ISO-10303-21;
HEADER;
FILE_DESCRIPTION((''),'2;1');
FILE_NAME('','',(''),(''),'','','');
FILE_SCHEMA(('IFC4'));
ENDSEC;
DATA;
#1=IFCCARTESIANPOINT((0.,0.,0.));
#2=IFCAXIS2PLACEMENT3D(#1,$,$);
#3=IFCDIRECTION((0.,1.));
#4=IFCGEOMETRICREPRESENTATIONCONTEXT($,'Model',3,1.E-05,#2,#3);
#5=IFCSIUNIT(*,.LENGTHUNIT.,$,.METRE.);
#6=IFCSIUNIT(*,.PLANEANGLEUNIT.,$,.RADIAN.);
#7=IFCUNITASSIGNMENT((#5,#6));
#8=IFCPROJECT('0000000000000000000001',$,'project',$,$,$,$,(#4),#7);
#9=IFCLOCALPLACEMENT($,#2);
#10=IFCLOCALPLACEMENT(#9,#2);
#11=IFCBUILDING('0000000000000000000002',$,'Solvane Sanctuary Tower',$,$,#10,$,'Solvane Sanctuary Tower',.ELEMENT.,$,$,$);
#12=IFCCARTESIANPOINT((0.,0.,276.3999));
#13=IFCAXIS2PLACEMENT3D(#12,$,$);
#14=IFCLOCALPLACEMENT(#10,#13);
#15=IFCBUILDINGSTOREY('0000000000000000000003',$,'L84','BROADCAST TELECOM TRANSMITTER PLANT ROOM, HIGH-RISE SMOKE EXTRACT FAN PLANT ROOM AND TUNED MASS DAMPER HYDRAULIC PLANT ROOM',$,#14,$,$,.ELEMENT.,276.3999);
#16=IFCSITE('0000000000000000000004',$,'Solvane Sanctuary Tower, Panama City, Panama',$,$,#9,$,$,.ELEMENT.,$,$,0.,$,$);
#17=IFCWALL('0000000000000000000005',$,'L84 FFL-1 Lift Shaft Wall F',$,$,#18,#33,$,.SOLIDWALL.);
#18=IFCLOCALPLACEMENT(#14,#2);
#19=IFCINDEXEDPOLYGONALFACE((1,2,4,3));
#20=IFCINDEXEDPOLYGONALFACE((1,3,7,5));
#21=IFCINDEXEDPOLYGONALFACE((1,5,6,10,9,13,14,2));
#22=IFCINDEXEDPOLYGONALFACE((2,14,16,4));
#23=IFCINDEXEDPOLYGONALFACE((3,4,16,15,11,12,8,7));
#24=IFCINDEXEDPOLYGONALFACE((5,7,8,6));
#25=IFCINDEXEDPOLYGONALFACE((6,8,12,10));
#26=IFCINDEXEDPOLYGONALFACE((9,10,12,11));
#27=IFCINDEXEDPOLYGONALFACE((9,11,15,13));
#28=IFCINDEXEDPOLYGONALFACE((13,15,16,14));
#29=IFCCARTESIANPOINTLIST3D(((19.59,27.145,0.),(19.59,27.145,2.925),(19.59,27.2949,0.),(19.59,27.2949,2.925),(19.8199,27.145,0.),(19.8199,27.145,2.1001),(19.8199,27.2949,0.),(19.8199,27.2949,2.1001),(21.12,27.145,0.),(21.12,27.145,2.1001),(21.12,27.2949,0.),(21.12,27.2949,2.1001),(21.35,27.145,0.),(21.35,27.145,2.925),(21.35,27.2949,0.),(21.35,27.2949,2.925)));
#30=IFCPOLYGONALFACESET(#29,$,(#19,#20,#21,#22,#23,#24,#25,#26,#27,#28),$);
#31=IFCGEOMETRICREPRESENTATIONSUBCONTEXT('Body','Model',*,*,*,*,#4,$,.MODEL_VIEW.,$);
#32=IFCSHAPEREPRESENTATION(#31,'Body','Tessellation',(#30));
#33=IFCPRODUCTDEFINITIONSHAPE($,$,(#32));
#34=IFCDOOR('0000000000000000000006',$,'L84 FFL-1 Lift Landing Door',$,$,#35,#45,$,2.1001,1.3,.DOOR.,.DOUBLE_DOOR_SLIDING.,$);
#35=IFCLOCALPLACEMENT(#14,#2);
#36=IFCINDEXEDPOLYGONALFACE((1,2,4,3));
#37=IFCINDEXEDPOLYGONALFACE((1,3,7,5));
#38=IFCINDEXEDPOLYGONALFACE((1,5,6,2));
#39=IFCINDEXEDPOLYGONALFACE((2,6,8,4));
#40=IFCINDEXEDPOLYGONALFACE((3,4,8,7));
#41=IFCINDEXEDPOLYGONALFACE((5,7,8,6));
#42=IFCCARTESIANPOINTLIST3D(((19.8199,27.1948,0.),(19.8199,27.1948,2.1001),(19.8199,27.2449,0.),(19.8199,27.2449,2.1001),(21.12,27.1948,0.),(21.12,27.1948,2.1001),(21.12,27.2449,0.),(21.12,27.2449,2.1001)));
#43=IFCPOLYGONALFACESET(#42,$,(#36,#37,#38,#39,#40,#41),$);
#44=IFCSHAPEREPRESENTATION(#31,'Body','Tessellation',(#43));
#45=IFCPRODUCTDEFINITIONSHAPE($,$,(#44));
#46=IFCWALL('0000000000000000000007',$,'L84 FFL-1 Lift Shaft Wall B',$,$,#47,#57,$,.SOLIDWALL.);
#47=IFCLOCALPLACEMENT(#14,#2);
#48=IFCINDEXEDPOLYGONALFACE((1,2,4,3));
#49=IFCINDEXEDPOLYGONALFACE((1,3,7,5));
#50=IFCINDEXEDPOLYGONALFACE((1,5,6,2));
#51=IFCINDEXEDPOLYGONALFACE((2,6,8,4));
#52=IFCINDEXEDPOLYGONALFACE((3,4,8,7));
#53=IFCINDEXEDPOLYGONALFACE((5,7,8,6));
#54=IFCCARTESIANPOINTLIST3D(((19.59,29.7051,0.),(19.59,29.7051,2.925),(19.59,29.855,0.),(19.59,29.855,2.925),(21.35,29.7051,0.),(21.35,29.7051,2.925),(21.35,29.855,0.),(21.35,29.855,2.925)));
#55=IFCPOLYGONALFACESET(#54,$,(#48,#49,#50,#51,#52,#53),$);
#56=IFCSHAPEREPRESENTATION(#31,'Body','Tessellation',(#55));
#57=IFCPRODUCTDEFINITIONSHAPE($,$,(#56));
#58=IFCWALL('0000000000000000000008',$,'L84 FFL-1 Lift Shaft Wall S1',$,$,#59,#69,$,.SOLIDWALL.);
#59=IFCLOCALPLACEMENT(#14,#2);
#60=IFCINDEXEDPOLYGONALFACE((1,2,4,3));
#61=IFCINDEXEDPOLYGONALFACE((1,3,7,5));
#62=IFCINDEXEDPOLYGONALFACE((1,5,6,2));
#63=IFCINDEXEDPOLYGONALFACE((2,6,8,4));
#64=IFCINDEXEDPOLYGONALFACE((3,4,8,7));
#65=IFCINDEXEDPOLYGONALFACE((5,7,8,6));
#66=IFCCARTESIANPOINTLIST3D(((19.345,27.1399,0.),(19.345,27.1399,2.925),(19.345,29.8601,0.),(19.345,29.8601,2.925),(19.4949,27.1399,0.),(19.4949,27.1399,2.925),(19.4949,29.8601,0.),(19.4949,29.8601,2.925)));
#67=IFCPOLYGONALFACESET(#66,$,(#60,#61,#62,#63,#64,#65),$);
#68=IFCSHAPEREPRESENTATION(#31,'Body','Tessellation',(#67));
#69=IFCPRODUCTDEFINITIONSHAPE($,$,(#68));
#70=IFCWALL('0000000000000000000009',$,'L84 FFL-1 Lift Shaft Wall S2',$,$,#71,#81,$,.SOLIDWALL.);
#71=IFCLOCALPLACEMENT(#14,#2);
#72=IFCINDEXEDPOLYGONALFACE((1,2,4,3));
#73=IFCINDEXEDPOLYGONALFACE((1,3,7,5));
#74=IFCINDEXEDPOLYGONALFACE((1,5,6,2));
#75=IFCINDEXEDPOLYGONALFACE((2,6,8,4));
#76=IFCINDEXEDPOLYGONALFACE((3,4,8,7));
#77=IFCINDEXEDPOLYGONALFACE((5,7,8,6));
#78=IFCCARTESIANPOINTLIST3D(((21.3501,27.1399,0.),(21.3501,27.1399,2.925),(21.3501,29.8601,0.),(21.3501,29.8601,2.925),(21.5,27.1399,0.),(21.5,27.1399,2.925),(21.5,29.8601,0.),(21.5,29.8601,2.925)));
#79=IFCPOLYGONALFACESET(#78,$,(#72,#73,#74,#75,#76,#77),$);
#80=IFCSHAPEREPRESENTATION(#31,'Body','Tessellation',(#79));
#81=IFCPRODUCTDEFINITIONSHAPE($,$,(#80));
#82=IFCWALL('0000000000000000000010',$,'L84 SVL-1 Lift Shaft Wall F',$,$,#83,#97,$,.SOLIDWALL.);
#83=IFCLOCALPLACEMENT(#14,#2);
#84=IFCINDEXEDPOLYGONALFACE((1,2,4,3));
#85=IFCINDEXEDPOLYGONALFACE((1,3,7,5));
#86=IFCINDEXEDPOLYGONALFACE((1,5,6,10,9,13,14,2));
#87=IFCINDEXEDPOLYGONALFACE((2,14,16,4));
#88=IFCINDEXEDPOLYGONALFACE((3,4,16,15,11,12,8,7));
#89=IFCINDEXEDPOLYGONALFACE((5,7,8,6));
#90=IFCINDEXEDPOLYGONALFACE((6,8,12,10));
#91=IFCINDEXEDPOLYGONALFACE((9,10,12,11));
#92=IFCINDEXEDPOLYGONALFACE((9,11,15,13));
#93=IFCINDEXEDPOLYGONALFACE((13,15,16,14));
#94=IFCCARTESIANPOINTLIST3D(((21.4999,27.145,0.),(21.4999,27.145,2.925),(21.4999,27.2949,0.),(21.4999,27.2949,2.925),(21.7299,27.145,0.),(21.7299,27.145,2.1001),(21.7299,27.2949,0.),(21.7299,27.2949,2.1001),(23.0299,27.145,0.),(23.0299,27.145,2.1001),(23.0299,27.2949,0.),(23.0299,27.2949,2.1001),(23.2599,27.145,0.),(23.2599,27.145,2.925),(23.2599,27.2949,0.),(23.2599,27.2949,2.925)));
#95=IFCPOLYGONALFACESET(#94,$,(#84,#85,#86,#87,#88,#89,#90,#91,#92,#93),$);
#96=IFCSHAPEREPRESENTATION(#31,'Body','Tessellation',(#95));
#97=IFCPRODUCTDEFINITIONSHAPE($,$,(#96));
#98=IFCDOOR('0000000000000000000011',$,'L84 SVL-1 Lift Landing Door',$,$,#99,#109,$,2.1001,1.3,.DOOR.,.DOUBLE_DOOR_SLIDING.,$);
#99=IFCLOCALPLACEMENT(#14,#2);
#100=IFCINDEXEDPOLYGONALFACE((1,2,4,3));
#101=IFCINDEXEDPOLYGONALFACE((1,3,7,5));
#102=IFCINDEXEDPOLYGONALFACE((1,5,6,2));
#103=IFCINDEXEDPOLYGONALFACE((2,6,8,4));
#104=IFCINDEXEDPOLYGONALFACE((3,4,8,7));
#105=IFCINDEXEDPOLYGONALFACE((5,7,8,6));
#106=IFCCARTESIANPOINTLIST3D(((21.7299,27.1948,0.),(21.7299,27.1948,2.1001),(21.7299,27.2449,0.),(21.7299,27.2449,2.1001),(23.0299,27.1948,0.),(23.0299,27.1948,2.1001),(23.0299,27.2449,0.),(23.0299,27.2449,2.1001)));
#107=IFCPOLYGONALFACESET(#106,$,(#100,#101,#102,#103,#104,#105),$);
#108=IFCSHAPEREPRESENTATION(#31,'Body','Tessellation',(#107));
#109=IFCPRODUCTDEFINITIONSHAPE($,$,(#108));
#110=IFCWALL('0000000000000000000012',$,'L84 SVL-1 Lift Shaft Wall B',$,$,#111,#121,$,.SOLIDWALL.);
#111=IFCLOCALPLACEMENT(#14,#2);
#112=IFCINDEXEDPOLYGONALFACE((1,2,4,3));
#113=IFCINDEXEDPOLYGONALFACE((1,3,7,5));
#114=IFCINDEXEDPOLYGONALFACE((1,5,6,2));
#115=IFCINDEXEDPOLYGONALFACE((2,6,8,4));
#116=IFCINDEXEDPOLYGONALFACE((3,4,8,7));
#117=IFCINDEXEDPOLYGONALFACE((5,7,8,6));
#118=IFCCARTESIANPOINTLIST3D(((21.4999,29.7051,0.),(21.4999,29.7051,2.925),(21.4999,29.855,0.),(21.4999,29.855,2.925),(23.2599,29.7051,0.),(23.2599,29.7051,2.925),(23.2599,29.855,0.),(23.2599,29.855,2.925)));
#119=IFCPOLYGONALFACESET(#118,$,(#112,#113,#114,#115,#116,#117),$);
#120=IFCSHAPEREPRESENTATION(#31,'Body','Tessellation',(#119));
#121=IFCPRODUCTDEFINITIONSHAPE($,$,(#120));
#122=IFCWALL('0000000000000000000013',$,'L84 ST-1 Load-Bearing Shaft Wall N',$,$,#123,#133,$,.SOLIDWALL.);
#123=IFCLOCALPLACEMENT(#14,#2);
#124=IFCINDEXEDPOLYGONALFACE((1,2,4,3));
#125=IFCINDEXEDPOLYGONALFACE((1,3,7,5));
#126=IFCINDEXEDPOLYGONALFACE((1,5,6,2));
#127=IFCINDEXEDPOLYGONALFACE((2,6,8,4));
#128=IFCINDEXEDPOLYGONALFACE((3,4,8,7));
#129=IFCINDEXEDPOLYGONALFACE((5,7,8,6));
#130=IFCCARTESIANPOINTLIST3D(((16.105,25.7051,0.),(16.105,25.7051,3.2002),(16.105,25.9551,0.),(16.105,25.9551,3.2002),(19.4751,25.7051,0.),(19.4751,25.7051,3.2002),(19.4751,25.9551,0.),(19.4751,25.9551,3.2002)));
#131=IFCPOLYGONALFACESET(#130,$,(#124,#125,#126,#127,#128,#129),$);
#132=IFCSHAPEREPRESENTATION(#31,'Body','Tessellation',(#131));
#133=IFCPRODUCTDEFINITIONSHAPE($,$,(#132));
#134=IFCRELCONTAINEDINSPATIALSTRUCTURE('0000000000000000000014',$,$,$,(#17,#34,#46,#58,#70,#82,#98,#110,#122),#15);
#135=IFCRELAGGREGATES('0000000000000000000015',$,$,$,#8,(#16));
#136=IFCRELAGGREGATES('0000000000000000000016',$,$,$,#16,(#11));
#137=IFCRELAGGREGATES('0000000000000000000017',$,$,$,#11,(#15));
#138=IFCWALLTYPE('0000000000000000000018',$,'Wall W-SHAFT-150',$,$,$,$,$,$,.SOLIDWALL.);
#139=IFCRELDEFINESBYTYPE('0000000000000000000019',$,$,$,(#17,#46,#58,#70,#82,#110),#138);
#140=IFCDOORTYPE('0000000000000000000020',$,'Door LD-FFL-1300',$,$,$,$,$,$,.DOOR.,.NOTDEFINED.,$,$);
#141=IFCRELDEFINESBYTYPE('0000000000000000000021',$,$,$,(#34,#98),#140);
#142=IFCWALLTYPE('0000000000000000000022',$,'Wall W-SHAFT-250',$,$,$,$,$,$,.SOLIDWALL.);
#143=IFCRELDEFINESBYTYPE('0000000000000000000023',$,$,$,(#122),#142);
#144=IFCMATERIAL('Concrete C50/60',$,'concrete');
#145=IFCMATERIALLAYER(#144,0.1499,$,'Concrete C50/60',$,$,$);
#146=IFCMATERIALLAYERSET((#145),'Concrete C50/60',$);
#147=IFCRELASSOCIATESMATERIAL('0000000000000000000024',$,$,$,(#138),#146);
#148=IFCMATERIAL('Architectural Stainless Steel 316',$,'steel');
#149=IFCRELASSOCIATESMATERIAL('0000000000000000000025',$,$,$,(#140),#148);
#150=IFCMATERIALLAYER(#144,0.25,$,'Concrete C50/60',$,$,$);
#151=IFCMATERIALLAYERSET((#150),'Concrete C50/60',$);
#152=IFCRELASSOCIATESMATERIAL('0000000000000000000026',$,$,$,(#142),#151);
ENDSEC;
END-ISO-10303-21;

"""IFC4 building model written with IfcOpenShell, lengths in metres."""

from ifc_helpers import new_model, si_unit, direction, frame, frame_2d, origin, place, context, subcontext, project, spatial, rectangle, extrude, material, layer, layer_set, type_object, element, fill, save


model = new_model("IFC4")

# Units and contexts
model_context = context("Model", 3, precision=1e-05, world=origin(), true_north=direction((0.0, 1.0)))
body_context = subcontext(model_context, "Body", "Model", "MODEL_VIEW")
ifc_project = project(units=[si_unit("LENGTHUNIT", "METRE"), si_unit("PLANEANGLEUNIT", "RADIAN")], contexts=[model_context])

# Site, building, storey
site_placement = place(None, origin())
site = spatial("IfcSite", under=ifc_project, at=site_placement, Name="Solvane Sanctuary Tower, Panama City, Panama", CompositionType="ELEMENT", RefElevation=0.0)
building_placement = place(site_placement, origin())
building = spatial("IfcBuilding", under=site, at=building_placement, Name="Solvane Sanctuary Tower", LongName="Solvane Sanctuary Tower", CompositionType="ELEMENT")
storey_placement = place(building_placement, frame((0.0, 0.0, 276.3999)))
storey = spatial("IfcBuildingStorey", under=building, at=storey_placement, Name="L84", Description="BROADCAST TELECOM TRANSMITTER PLANT ROOM, HIGH-RISE SMOKE EXTRACT FAN PLANT ROOM AND TUNED MASS DAMPER HYDRAULIC PLANT ROOM", CompositionType="ELEMENT", Elevation=276.3999)

# Wall, opening, door
ifc_material_1 = material(Name="Concrete C50/60", Category="concrete")
ifc_layer_1 = layer(ifc_material_1, 0.1499, Name="Concrete C50/60")
ifc_layer_set_1 = layer_set([ifc_layer_1], Name="Concrete C50/60")
wall_type_1 = type_object("IfcWallType", Name="Wall W-SHAFT-150", PredefinedType="SOLIDWALL", material=ifc_layer_set_1)
wall_1_placement = place(storey_placement, frame((19.5901, 27.22, 0.0), z_axis=(0.0, 0.0, 1.0), x_axis=(1.0, 0.0, 0.0)))
wall_1 = element("IfcWall", 1, at=wall_1_placement, inside=storey, type_object=wall_type_1, Name="L84 FFL-1 Lift Shaft Wall F", PredefinedType="SOLIDWALL", context=body_context, shape_type="SweptSolid", body=[
    extrude(rectangle(XDim=1.76, YDim=0.1499, at=frame_2d((0.8799, 0.0))), origin(), (0.0, 0.0, 1.0), 2.925),
])
opening_1_placement = place(wall_1_placement, frame((0.23, 0.0, 0.0)))
opening_1 = element("IfcOpeningElement", 2, at=opening_1_placement, cuts=wall_1, PredefinedType="OPENING", context=body_context, shape_type="SweptSolid", body=[
    extrude(rectangle(XDim=1.3, YDim=2.1001, at=frame_2d((0.6499, 1.05))), frame((0.0, 0.085, 0.0), z_axis=(0.0, -1.0, 0.0), x_axis=(1.0, 0.0, 0.0)), (0.0, 0.0, 1.0), 0.1699),
])
ifc_material_2 = material(Name="Architectural Stainless Steel 316", Category="steel")
door_type = type_object("IfcDoorType", Name="Door LD-FFL-1300", OperationType="NOTDEFINED", PredefinedType="DOOR", material=ifc_material_2)
door_1_placement = place(opening_1_placement, origin())
door_1 = element("IfcDoor", 3, at=door_1_placement, inside=storey, type_object=door_type, Name="L84 FFL-1 Lift Landing Door", OperationType="DOUBLE_DOOR_SLIDING", OverallHeight=2.1001, OverallWidth=1.3, PredefinedType="DOOR", context=body_context, shape_type="SweptSolid", body=[
    extrude(rectangle(XDim=1.3, YDim=2.1001, at=frame_2d((0.6499, 1.05))), frame((0.0, 0.0249, 0.0), z_axis=(0.0, -1.0, 0.0), x_axis=(1.0, 0.0, 0.0)), (0.0, 0.0, 1.0), 0.05),
])
fill(opening_1, door_1)

# Walls
wall_2_placement = place(storey_placement, frame((19.5901, 29.78, 0.0), z_axis=(0.0, 0.0, 1.0), x_axis=(1.0, 0.0, 0.0)))
element("IfcWall", 4, at=wall_2_placement, inside=storey, type_object=wall_type_1, Name="L84 FFL-1 Lift Shaft Wall B", PredefinedType="SOLIDWALL", context=body_context, shape_type="SweptSolid", body=[
    extrude(rectangle(XDim=1.76, YDim=0.1499, at=frame_2d((0.8799, 0.0))), origin(), (0.0, 0.0, 1.0), 2.925),
])
for number, where, z_axis, x_axis, name in (
    (5, (19.4199, 27.1399, 0.0), (0.0, 0.0, 1.0), (0.0, 1.0, 0.0), "L84 FFL-1 Lift Shaft Wall S1"),
    (6, (21.425, 27.1399, 0.0), (0.0, 0.0, 1.0), (0.0, 1.0, 0.0), "L84 FFL-1 Lift Shaft Wall S2"),
):
    element("IfcWall", number, at=place(storey_placement, frame(where, z_axis=z_axis, x_axis=x_axis)), inside=storey, type_object=wall_type_1, Name=name, PredefinedType="SOLIDWALL", context=body_context, shape_type="SweptSolid", body=[
        extrude(rectangle(XDim=2.7202, YDim=0.1499, at=frame_2d((1.3601, 0.0))), origin(), (0.0, 0.0, 1.0), 2.925),
    ])

# Wall, opening, door
wall_3_placement = place(storey_placement, frame((21.5, 27.22, 0.0), z_axis=(0.0, 0.0, 1.0), x_axis=(1.0, 0.0, 0.0)))
wall_3 = element("IfcWall", 7, at=wall_3_placement, inside=storey, type_object=wall_type_1, Name="L84 SVL-1 Lift Shaft Wall F", PredefinedType="SOLIDWALL", context=body_context, shape_type="SweptSolid", body=[
    extrude(rectangle(XDim=1.76, YDim=0.1499, at=frame_2d((0.8799, 0.0))), origin(), (0.0, 0.0, 1.0), 2.925),
])
opening_2_placement = place(wall_3_placement, frame((0.23, 0.0, 0.0)))
opening_2 = element("IfcOpeningElement", 8, at=opening_2_placement, cuts=wall_3, PredefinedType="OPENING", context=body_context, shape_type="SweptSolid", body=[
    extrude(rectangle(XDim=1.3, YDim=2.1001, at=frame_2d((0.6499, 1.05))), frame((0.0, 0.085, 0.0), z_axis=(0.0, -1.0, 0.0), x_axis=(1.0, 0.0, 0.0)), (0.0, 0.0, 1.0), 0.1699),
])
door_2_placement = place(opening_2_placement, origin())
door_2 = element("IfcDoor", 9, at=door_2_placement, inside=storey, type_object=door_type, Name="L84 SVL-1 Lift Landing Door", OperationType="DOUBLE_DOOR_SLIDING", OverallHeight=2.1001, OverallWidth=1.3, PredefinedType="DOOR", context=body_context, shape_type="SweptSolid", body=[
    extrude(rectangle(XDim=1.3, YDim=2.1001, at=frame_2d((0.6499, 1.05))), frame((0.0, 0.0249, 0.0), z_axis=(0.0, -1.0, 0.0), x_axis=(1.0, 0.0, 0.0)), (0.0, 0.0, 1.0), 0.05),
])
fill(opening_2, door_2)

# Walls
wall_4_placement = place(storey_placement, frame((21.5, 29.78, 0.0), z_axis=(0.0, 0.0, 1.0), x_axis=(1.0, 0.0, 0.0)))
element("IfcWall", 10, at=wall_4_placement, inside=storey, type_object=wall_type_1, Name="L84 SVL-1 Lift Shaft Wall B", PredefinedType="SOLIDWALL", context=body_context, shape_type="SweptSolid", body=[
    extrude(rectangle(XDim=1.76, YDim=0.1499, at=frame_2d((0.8799, 0.0))), origin(), (0.0, 0.0, 1.0), 2.925),
])
ifc_layer_2 = layer(ifc_material_1, 0.25, Name="Concrete C50/60")
ifc_layer_set_2 = layer_set([ifc_layer_2], Name="Concrete C50/60")
wall_type_2 = type_object("IfcWallType", Name="Wall W-SHAFT-250", PredefinedType="SOLIDWALL", material=ifc_layer_set_2)
wall_5_placement = place(storey_placement, frame((16.105, 25.8301, 0.0), z_axis=(0.0, 0.0, 1.0), x_axis=(1.0, 0.0, 0.0)))
element("IfcWall", 11, at=wall_5_placement, inside=storey, type_object=wall_type_2, Name="L84 ST-1 Load-Bearing Shaft Wall N", PredefinedType="SOLIDWALL", context=body_context, shape_type="SweptSolid", body=[
    extrude(rectangle(XDim=3.3701, YDim=0.25, at=frame_2d((1.6851, 0.0))), origin(), (0.0, 0.0, 1.0), 3.2002),
])

save(model, "model.ifc")
